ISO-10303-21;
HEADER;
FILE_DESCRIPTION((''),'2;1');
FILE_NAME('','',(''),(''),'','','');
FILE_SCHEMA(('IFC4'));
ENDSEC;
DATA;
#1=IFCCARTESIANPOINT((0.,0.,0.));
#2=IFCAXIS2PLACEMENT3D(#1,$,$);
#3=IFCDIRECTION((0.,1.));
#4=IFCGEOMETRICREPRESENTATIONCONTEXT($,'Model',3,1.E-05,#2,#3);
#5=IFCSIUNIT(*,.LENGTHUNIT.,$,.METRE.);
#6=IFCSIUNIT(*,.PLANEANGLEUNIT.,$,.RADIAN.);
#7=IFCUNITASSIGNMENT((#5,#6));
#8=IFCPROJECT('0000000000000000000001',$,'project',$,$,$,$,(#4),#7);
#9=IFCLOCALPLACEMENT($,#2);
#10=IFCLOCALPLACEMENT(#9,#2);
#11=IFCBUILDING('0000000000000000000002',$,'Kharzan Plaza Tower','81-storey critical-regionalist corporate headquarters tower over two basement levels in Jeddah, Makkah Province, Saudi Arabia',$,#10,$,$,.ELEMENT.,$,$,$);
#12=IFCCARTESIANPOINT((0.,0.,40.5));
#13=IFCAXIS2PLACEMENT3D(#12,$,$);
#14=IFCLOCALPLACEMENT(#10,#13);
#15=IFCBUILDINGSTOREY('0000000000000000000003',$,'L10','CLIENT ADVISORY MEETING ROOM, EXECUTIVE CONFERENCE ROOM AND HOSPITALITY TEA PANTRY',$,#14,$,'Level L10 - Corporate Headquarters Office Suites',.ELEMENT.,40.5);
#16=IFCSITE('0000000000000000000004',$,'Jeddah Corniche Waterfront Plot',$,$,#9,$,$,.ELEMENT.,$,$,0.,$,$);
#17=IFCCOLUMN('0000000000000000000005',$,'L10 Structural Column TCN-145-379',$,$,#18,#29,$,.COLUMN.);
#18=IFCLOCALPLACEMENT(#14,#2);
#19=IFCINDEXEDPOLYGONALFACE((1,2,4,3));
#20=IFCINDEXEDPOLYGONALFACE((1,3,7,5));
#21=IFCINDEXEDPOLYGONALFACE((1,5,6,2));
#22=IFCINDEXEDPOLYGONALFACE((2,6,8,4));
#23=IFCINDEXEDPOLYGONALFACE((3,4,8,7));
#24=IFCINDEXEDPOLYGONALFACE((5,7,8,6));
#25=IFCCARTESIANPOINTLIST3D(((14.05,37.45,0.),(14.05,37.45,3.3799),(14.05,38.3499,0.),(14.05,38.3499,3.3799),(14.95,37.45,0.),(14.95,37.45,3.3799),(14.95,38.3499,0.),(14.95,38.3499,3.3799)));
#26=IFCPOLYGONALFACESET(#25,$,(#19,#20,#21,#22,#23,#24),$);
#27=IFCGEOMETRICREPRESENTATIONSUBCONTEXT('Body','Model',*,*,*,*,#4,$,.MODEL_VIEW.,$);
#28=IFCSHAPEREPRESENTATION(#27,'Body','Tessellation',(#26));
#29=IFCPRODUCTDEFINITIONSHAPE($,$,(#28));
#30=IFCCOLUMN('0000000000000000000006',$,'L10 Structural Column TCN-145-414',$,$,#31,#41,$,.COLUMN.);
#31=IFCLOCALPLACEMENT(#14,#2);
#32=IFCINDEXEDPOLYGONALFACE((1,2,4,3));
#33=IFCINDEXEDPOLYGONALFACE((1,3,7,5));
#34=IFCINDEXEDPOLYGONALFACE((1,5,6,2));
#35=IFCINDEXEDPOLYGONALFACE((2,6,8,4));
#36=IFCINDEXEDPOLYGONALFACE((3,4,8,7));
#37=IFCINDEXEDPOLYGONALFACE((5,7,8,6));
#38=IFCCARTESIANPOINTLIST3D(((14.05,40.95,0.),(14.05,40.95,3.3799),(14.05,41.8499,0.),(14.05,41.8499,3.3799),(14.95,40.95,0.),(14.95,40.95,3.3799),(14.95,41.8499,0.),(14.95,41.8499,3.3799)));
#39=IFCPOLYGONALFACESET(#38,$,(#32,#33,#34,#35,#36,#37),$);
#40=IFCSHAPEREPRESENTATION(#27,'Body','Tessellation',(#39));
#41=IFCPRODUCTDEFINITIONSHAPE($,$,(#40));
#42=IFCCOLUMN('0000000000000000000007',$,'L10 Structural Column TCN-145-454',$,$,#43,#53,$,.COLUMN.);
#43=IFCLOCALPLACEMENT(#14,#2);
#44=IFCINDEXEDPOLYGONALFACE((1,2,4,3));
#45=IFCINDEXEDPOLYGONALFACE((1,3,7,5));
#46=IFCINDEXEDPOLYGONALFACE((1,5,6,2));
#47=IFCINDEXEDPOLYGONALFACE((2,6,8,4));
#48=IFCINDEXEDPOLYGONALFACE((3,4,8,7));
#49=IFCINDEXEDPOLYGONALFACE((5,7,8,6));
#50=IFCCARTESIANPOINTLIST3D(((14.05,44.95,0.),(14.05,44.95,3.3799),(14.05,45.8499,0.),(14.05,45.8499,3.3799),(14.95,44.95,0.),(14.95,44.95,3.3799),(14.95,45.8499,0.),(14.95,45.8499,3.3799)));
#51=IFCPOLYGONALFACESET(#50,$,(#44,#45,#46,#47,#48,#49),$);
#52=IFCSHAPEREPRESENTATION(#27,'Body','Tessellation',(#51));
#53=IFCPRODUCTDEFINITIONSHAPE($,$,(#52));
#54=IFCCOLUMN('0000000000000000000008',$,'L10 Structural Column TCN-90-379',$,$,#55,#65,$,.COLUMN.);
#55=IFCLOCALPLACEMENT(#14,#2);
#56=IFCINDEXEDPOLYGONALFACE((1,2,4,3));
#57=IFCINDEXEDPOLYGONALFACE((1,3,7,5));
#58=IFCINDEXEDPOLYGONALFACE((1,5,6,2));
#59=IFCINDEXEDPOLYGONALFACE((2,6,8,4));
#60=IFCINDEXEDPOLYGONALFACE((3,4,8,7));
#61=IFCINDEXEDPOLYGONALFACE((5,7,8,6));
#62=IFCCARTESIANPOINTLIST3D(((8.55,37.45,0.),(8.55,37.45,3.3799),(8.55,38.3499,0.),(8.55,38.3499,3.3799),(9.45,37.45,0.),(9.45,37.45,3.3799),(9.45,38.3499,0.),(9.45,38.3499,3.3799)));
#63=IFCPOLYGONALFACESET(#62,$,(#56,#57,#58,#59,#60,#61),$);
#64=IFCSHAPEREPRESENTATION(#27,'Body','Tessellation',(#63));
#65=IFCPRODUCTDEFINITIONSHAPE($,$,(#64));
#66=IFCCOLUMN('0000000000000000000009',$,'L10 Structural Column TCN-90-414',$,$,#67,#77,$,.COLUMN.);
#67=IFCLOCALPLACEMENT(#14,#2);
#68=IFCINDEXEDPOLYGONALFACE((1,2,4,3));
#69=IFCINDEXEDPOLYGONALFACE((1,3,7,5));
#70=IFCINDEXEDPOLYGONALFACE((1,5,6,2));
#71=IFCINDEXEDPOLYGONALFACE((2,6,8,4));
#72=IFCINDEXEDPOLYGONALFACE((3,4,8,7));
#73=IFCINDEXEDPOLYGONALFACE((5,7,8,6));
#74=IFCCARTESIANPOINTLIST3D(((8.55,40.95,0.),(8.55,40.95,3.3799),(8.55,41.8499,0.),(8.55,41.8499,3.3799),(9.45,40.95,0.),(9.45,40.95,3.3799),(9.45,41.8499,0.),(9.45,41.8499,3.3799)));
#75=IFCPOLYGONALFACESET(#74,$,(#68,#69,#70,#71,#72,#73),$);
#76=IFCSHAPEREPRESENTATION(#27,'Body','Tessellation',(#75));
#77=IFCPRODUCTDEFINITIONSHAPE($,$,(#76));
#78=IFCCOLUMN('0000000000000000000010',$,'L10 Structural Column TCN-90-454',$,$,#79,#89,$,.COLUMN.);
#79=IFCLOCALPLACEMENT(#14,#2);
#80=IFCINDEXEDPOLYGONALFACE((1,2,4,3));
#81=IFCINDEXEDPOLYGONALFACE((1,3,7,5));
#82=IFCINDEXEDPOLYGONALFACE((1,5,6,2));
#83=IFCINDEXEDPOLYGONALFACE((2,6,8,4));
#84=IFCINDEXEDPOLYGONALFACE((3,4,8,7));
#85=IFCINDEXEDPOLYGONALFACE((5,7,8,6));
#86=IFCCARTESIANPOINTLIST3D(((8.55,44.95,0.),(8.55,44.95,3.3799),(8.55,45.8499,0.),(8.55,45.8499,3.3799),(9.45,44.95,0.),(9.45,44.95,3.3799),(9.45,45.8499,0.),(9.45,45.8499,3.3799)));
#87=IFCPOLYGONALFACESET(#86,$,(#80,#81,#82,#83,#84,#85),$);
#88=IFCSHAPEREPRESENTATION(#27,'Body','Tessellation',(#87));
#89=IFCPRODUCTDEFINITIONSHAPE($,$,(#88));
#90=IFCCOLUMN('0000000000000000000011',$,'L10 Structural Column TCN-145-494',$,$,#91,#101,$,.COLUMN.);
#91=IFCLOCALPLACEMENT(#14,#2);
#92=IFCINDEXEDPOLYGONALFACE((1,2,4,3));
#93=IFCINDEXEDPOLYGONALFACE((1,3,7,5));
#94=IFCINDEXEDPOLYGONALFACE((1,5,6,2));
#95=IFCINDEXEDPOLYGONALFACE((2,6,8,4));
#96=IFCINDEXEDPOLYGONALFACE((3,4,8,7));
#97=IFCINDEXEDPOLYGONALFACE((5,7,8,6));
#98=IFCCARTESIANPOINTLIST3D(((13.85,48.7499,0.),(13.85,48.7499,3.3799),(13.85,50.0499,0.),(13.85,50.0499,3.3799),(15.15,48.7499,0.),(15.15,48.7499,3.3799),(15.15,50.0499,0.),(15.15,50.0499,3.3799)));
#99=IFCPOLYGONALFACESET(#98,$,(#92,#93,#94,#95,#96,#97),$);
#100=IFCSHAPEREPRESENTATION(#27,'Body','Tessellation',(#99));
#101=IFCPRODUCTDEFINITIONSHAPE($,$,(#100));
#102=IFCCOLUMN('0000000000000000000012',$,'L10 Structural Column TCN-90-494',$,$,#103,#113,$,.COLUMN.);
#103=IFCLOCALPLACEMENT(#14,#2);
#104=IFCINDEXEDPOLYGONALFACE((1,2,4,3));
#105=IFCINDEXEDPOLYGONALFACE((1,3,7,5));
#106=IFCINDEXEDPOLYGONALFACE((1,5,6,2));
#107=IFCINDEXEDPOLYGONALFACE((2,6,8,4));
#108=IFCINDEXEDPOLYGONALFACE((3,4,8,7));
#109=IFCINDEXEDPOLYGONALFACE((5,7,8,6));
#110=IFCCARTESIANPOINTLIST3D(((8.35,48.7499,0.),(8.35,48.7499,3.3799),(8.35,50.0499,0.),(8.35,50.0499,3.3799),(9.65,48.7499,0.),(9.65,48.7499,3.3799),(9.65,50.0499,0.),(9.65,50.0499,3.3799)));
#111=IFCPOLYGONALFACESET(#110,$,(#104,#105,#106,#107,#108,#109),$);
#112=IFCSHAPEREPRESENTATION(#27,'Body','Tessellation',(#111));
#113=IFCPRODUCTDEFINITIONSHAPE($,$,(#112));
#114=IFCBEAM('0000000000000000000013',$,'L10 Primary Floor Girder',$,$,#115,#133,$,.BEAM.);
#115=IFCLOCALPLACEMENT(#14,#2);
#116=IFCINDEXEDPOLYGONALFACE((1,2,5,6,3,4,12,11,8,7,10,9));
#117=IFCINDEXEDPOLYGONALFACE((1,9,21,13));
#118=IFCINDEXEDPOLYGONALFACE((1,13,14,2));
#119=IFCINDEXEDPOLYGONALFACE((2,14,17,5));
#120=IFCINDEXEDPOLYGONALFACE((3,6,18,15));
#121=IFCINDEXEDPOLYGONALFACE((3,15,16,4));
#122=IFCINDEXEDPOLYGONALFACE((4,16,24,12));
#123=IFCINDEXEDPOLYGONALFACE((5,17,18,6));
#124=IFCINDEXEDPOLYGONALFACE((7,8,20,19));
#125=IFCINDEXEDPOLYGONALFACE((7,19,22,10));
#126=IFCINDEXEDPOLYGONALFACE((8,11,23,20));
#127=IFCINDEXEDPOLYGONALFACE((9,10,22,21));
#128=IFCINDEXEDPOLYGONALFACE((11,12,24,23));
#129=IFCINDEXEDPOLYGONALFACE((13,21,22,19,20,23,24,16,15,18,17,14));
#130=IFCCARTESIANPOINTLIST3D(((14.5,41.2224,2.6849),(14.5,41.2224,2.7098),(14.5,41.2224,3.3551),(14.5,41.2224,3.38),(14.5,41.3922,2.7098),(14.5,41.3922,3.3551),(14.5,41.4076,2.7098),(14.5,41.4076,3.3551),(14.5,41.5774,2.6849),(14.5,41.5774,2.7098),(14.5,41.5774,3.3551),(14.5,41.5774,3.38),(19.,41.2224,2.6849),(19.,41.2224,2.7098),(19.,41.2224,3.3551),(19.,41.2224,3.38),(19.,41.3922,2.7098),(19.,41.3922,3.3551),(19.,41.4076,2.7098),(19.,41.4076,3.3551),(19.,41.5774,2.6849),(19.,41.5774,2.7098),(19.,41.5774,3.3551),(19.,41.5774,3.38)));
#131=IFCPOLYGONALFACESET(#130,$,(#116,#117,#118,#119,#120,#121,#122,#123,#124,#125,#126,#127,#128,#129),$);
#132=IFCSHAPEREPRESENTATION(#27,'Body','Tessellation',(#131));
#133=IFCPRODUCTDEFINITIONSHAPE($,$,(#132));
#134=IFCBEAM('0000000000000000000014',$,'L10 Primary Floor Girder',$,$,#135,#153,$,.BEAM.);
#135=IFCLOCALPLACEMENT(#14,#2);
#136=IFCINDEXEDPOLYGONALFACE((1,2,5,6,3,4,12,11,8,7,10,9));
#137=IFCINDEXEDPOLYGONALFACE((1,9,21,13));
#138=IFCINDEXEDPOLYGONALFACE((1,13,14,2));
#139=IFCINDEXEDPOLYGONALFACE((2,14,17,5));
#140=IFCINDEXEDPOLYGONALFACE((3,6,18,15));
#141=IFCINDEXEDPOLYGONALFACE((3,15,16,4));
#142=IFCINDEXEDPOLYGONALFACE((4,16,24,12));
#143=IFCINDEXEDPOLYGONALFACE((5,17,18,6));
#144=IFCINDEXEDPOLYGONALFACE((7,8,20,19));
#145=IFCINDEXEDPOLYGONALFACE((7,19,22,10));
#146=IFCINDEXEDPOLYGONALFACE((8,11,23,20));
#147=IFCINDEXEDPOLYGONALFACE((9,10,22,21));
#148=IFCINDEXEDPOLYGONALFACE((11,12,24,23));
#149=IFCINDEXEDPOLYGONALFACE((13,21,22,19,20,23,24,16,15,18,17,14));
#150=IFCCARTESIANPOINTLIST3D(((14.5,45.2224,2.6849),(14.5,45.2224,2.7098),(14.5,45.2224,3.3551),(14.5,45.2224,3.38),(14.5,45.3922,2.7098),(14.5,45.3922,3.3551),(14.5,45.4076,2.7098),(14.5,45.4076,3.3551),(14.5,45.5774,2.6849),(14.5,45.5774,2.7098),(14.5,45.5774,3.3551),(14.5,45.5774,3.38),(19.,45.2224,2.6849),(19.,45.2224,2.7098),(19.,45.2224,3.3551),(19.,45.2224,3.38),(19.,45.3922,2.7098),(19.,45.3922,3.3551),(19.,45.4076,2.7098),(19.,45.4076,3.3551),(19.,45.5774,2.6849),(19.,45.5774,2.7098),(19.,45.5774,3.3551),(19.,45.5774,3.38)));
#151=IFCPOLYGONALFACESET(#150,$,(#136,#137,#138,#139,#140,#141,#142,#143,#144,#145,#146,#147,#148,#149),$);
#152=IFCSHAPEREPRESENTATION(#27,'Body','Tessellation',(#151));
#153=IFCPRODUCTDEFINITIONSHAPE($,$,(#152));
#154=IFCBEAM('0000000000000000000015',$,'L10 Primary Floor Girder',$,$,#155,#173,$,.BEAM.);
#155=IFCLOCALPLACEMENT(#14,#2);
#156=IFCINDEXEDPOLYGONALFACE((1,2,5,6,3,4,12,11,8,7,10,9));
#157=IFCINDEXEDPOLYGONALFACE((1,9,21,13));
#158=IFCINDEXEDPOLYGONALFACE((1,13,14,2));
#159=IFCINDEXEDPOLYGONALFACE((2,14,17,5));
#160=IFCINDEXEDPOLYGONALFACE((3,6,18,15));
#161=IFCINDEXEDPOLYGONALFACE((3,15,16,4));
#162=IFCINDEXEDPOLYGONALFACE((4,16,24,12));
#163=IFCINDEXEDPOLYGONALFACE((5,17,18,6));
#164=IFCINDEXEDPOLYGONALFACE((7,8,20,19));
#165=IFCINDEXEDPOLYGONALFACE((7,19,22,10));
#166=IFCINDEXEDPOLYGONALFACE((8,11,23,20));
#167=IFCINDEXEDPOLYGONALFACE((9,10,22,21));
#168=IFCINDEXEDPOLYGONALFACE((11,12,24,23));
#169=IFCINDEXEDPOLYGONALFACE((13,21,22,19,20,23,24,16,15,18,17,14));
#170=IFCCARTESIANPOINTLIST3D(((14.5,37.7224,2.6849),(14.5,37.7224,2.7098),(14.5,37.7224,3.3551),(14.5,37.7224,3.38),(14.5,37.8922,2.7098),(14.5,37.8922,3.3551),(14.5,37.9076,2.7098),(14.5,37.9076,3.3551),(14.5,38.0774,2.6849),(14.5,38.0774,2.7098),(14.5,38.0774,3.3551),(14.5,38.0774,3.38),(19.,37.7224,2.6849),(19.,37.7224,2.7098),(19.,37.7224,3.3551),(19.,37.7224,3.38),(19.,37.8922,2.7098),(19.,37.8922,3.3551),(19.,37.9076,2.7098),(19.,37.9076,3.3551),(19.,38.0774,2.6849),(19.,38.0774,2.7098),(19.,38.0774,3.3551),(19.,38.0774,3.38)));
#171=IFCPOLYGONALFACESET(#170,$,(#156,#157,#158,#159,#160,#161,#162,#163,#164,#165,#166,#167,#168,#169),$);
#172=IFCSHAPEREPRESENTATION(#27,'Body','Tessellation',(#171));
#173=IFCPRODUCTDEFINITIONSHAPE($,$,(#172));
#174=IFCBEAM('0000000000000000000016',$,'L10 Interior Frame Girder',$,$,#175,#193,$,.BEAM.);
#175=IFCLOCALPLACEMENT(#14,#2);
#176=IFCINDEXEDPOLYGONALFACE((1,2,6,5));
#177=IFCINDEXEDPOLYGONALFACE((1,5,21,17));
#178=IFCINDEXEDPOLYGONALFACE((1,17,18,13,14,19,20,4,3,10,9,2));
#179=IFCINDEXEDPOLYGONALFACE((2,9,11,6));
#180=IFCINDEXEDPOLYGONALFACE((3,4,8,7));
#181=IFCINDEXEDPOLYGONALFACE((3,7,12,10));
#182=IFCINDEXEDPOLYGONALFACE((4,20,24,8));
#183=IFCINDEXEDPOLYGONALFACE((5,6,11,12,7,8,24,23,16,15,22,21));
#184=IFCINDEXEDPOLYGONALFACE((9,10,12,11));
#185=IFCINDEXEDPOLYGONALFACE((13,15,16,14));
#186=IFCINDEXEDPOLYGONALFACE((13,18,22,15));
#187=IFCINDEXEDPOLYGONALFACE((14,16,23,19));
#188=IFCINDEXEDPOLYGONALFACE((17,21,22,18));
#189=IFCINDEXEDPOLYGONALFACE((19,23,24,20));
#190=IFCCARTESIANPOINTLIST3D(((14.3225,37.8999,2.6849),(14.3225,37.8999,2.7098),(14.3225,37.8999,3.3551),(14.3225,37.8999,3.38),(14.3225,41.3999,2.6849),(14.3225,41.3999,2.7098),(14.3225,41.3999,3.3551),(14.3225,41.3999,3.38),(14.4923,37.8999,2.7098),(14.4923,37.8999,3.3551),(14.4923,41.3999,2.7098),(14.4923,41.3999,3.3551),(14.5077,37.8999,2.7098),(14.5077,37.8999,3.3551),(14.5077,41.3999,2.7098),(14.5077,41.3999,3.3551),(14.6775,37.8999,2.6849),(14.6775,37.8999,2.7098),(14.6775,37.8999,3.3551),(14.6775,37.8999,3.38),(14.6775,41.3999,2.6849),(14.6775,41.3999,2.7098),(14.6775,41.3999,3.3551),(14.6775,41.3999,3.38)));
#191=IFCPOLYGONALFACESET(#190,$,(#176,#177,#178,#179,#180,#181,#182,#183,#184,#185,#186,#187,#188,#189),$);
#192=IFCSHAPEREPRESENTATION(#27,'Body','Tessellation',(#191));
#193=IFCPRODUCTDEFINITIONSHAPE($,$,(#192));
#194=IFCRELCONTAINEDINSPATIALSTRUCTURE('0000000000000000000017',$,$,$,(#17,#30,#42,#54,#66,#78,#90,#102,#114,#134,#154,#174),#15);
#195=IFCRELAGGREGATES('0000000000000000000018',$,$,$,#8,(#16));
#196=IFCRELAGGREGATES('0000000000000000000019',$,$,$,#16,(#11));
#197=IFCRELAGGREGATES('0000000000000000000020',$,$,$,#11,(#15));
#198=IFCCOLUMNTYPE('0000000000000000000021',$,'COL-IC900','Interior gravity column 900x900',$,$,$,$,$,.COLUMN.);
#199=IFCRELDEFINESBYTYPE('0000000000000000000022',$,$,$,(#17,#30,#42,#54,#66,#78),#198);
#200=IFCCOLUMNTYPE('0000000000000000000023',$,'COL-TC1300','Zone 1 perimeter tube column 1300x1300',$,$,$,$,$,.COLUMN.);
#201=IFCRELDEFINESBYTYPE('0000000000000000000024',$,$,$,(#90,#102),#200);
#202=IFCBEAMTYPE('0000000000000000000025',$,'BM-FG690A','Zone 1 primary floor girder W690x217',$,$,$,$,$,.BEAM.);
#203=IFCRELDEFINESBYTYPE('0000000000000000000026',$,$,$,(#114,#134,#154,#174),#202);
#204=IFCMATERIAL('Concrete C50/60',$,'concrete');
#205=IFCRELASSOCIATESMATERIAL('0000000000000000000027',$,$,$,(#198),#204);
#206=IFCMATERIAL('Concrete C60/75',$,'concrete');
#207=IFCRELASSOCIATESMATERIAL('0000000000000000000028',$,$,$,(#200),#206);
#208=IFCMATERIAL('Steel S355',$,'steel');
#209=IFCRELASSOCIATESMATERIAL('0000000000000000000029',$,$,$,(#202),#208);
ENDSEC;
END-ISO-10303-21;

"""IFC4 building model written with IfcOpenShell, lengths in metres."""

from ifc_helpers import new_model, si_unit, direction, frame, origin, origin_2d, place, context, subcontext, project, spatial, rectangle, i_section, extrude, source, transform, mapped, material, material_profile, profile_set, type_object, element, save


model = new_model("IFC4")

# Units and contexts
model_context = context("Model", 3, precision=1e-05, world=origin(), true_north=direction((0.0, 1.0)))
body_context = subcontext(model_context, "Body", "Model", "MODEL_VIEW")
ifc_project = project(units=[si_unit("LENGTHUNIT", "METRE"), si_unit("PLANEANGLEUNIT", "RADIAN")], contexts=[model_context])

# Site, building, storey
site_placement = place(None, origin())
site = spatial("IfcSite", under=ifc_project, at=site_placement, Name="Jeddah Corniche Waterfront Plot", CompositionType="ELEMENT", RefElevation=0.0)
building_placement = place(site_placement, origin())
building = spatial("IfcBuilding", under=site, at=building_placement, Name="Kharzan Plaza Tower", Description="81-storey critical-regionalist corporate headquarters tower over two basement levels in Jeddah, Makkah Province, Saudi Arabia", CompositionType="ELEMENT")
storey_placement = place(building_placement, frame((0.0, 0.0, 40.5)))
storey = spatial("IfcBuildingStorey", under=building, at=storey_placement, Name="L10", Description="CLIENT ADVISORY MEETING ROOM, EXECUTIVE CONFERENCE ROOM AND HOSPITALITY TEA PANTRY", LongName="Level L10 - Corporate Headquarters Office Suites", CompositionType="ELEMENT", Elevation=40.5)

# Columns
ifc_material_1 = material(Name="Concrete C50/60", Category="concrete")
ifc_material_profile_1 = material_profile(ifc_material_1, rectangle(XDim=0.8999, YDim=0.8999, at=origin_2d()), Name="RC-IC900x900")
ifc_profile_set_1 = profile_set([ifc_material_profile_1], Name="Concrete C50/60")
column_type_1 = type_object("IfcColumnType", Name="COL-IC900", Description="Interior gravity column 900x900", PredefinedType="COLUMN", material=ifc_profile_set_1)
shared_shape_1 = source(origin(), body_context, "Body", "SweptSolid", [
    extrude(rectangle(XDim=0.8999, YDim=0.8999, at=origin_2d()), origin(), (0.0, 0.0, 1.0), 3.3799),
])
for number, where, z_axis, x_axis, name in (
    (1, (14.5, 37.8999, 0.0), (0.0, 0.0, 1.0), (1.0, 0.0, 0.0), "L10 Structural Column TCN-145-379"),
    (2, (14.5, 41.3999, 0.0), (0.0, 0.0, 1.0), (1.0, 0.0, 0.0), "L10 Structural Column TCN-145-414"),
    (3, (14.5, 45.3999, 0.0), (0.0, 0.0, 1.0), (1.0, 0.0, 0.0), "L10 Structural Column TCN-145-454"),
    (4, (9.0, 37.8999, 0.0), (0.0, 0.0, 1.0), (1.0, 0.0, 0.0), "L10 Structural Column TCN-90-379"),
    (5, (9.0, 41.3999, 0.0), (0.0, 0.0, 1.0), (1.0, 0.0, 0.0), "L10 Structural Column TCN-90-414"),
    (6, (9.0, 45.3999, 0.0), (0.0, 0.0, 1.0), (1.0, 0.0, 0.0), "L10 Structural Column TCN-90-454"),
):
    element("IfcColumn", number, at=place(storey_placement, frame(where, z_axis=z_axis, x_axis=x_axis)), inside=storey, type_object=column_type_1, Name=name, PredefinedType="COLUMN", context=body_context, shape_type="MappedRepresentation", body=[
        mapped(shared_shape_1, transform((0.0, 0.0, 0.0), x_axis=(1.0, 0.0, 0.0), y_axis=(0.0, 1.0, 0.0), z_axis=(0.0, 0.0, 1.0))),
    ])
ifc_material_2 = material(Name="Concrete C60/75", Category="concrete")
ifc_material_profile_2 = material_profile(ifc_material_2, rectangle(XDim=1.3, YDim=1.3, at=origin_2d()), Name="RC-TC1300x1300")
ifc_profile_set_2 = profile_set([ifc_material_profile_2], Name="Concrete C60/75")
column_type_2 = type_object("IfcColumnType", Name="COL-TC1300", Description="Zone 1 perimeter tube column 1300x1300", PredefinedType="COLUMN", material=ifc_profile_set_2)
shared_shape_2 = source(origin(), body_context, "Body", "SweptSolid", [
    extrude(rectangle(XDim=1.3, YDim=1.3, at=origin_2d()), origin(), (0.0, 0.0, 1.0), 3.3799),
])
for number, where, z_axis, x_axis, name in (
    (7, (14.5, 49.3999, 0.0), (0.0, 0.0, 1.0), (1.0, 0.0, 0.0), "L10 Structural Column TCN-145-494"),
    (8, (9.0, 49.3999, 0.0), (0.0, 0.0, 1.0), (1.0, 0.0, 0.0), "L10 Structural Column TCN-90-494"),
):
    element("IfcColumn", number, at=place(storey_placement, frame(where, z_axis=z_axis, x_axis=x_axis)), inside=storey, type_object=column_type_2, Name=name, PredefinedType="COLUMN", context=body_context, shape_type="MappedRepresentation", body=[
        mapped(shared_shape_2, transform((0.0, 0.0, 0.0), x_axis=(1.0, 0.0, 0.0), y_axis=(0.0, 1.0, 0.0), z_axis=(0.0, 0.0, 1.0))),
    ])

# Beams
ifc_material_3 = material(Name="Steel S355", Category="steel")
ifc_material_profile_3 = material_profile(ifc_material_3, i_section(OverallWidth=0.355, OverallDepth=0.6951, WebThickness=0.0154, FlangeThickness=0.0249, at=origin_2d()), Name="W690x217")
ifc_profile_set_3 = profile_set([ifc_material_profile_3], Name="Steel S355")
beam_type_1 = type_object("IfcBeamType", Name="BM-FG690A", Description="Zone 1 primary floor girder W690x217", PredefinedType="BEAM", material=ifc_profile_set_3)
shared_shape_3 = source(origin(), body_context, "Body", "SweptSolid", [
    extrude(i_section(OverallWidth=0.355, OverallDepth=0.6951, WebThickness=0.0154, FlangeThickness=0.0249, at=origin_2d()), origin(), (0.0, 0.0, 1.0), 4.5),
])
for number, where, z_axis, x_axis, name in (
    (9, (14.5, 41.3999, 3.0325), (1.0, 0.0, 0.0), (0.0, 1.0, 0.0), "L10 Primary Floor Girder"),
    (10, (14.5, 45.3999, 3.0325), (1.0, 0.0, 0.0), (0.0, 1.0, 0.0), "L10 Primary Floor Girder"),
    (11, (14.5, 37.8999, 3.0325), (1.0, 0.0, 0.0), (0.0, 1.0, 0.0), "L10 Primary Floor Girder"),
):
    element("IfcBeam", number, at=place(storey_placement, frame(where, z_axis=z_axis, x_axis=x_axis)), inside=storey, type_object=beam_type_1, Name=name, PredefinedType="BEAM", context=body_context, shape_type="MappedRepresentation", body=[
        mapped(shared_shape_3, transform((0.0, 0.0, 0.0), x_axis=(1.0, 0.0, 0.0), y_axis=(0.0, 1.0, 0.0), z_axis=(0.0, 0.0, 1.0))),
    ])
shared_shape_4 = source(origin(), body_context, "Body", "SweptSolid", [
    extrude(i_section(OverallWidth=0.355, OverallDepth=0.6951, WebThickness=0.0154, FlangeThickness=0.0249, at=origin_2d()), origin(), (0.0, 0.0, 1.0), 3.5),
])
beam_1_placement = place(storey_placement, frame((14.5, 37.8999, 3.0325), z_axis=(0.0, 1.0, 0.0), x_axis=(-1.0, 0.0, 0.0)))
element("IfcBeam", 12, at=beam_1_placement, inside=storey, type_object=beam_type_1, Name="L10 Interior Frame Girder", PredefinedType="BEAM", context=body_context, shape_type="MappedRepresentation", body=[
    mapped(shared_shape_4, transform((0.0, 0.0, 0.0), x_axis=(1.0, 0.0, 0.0), y_axis=(0.0, 1.0, 0.0), z_axis=(0.0, 0.0, 1.0))),
])

save(model, "model.ifc")
